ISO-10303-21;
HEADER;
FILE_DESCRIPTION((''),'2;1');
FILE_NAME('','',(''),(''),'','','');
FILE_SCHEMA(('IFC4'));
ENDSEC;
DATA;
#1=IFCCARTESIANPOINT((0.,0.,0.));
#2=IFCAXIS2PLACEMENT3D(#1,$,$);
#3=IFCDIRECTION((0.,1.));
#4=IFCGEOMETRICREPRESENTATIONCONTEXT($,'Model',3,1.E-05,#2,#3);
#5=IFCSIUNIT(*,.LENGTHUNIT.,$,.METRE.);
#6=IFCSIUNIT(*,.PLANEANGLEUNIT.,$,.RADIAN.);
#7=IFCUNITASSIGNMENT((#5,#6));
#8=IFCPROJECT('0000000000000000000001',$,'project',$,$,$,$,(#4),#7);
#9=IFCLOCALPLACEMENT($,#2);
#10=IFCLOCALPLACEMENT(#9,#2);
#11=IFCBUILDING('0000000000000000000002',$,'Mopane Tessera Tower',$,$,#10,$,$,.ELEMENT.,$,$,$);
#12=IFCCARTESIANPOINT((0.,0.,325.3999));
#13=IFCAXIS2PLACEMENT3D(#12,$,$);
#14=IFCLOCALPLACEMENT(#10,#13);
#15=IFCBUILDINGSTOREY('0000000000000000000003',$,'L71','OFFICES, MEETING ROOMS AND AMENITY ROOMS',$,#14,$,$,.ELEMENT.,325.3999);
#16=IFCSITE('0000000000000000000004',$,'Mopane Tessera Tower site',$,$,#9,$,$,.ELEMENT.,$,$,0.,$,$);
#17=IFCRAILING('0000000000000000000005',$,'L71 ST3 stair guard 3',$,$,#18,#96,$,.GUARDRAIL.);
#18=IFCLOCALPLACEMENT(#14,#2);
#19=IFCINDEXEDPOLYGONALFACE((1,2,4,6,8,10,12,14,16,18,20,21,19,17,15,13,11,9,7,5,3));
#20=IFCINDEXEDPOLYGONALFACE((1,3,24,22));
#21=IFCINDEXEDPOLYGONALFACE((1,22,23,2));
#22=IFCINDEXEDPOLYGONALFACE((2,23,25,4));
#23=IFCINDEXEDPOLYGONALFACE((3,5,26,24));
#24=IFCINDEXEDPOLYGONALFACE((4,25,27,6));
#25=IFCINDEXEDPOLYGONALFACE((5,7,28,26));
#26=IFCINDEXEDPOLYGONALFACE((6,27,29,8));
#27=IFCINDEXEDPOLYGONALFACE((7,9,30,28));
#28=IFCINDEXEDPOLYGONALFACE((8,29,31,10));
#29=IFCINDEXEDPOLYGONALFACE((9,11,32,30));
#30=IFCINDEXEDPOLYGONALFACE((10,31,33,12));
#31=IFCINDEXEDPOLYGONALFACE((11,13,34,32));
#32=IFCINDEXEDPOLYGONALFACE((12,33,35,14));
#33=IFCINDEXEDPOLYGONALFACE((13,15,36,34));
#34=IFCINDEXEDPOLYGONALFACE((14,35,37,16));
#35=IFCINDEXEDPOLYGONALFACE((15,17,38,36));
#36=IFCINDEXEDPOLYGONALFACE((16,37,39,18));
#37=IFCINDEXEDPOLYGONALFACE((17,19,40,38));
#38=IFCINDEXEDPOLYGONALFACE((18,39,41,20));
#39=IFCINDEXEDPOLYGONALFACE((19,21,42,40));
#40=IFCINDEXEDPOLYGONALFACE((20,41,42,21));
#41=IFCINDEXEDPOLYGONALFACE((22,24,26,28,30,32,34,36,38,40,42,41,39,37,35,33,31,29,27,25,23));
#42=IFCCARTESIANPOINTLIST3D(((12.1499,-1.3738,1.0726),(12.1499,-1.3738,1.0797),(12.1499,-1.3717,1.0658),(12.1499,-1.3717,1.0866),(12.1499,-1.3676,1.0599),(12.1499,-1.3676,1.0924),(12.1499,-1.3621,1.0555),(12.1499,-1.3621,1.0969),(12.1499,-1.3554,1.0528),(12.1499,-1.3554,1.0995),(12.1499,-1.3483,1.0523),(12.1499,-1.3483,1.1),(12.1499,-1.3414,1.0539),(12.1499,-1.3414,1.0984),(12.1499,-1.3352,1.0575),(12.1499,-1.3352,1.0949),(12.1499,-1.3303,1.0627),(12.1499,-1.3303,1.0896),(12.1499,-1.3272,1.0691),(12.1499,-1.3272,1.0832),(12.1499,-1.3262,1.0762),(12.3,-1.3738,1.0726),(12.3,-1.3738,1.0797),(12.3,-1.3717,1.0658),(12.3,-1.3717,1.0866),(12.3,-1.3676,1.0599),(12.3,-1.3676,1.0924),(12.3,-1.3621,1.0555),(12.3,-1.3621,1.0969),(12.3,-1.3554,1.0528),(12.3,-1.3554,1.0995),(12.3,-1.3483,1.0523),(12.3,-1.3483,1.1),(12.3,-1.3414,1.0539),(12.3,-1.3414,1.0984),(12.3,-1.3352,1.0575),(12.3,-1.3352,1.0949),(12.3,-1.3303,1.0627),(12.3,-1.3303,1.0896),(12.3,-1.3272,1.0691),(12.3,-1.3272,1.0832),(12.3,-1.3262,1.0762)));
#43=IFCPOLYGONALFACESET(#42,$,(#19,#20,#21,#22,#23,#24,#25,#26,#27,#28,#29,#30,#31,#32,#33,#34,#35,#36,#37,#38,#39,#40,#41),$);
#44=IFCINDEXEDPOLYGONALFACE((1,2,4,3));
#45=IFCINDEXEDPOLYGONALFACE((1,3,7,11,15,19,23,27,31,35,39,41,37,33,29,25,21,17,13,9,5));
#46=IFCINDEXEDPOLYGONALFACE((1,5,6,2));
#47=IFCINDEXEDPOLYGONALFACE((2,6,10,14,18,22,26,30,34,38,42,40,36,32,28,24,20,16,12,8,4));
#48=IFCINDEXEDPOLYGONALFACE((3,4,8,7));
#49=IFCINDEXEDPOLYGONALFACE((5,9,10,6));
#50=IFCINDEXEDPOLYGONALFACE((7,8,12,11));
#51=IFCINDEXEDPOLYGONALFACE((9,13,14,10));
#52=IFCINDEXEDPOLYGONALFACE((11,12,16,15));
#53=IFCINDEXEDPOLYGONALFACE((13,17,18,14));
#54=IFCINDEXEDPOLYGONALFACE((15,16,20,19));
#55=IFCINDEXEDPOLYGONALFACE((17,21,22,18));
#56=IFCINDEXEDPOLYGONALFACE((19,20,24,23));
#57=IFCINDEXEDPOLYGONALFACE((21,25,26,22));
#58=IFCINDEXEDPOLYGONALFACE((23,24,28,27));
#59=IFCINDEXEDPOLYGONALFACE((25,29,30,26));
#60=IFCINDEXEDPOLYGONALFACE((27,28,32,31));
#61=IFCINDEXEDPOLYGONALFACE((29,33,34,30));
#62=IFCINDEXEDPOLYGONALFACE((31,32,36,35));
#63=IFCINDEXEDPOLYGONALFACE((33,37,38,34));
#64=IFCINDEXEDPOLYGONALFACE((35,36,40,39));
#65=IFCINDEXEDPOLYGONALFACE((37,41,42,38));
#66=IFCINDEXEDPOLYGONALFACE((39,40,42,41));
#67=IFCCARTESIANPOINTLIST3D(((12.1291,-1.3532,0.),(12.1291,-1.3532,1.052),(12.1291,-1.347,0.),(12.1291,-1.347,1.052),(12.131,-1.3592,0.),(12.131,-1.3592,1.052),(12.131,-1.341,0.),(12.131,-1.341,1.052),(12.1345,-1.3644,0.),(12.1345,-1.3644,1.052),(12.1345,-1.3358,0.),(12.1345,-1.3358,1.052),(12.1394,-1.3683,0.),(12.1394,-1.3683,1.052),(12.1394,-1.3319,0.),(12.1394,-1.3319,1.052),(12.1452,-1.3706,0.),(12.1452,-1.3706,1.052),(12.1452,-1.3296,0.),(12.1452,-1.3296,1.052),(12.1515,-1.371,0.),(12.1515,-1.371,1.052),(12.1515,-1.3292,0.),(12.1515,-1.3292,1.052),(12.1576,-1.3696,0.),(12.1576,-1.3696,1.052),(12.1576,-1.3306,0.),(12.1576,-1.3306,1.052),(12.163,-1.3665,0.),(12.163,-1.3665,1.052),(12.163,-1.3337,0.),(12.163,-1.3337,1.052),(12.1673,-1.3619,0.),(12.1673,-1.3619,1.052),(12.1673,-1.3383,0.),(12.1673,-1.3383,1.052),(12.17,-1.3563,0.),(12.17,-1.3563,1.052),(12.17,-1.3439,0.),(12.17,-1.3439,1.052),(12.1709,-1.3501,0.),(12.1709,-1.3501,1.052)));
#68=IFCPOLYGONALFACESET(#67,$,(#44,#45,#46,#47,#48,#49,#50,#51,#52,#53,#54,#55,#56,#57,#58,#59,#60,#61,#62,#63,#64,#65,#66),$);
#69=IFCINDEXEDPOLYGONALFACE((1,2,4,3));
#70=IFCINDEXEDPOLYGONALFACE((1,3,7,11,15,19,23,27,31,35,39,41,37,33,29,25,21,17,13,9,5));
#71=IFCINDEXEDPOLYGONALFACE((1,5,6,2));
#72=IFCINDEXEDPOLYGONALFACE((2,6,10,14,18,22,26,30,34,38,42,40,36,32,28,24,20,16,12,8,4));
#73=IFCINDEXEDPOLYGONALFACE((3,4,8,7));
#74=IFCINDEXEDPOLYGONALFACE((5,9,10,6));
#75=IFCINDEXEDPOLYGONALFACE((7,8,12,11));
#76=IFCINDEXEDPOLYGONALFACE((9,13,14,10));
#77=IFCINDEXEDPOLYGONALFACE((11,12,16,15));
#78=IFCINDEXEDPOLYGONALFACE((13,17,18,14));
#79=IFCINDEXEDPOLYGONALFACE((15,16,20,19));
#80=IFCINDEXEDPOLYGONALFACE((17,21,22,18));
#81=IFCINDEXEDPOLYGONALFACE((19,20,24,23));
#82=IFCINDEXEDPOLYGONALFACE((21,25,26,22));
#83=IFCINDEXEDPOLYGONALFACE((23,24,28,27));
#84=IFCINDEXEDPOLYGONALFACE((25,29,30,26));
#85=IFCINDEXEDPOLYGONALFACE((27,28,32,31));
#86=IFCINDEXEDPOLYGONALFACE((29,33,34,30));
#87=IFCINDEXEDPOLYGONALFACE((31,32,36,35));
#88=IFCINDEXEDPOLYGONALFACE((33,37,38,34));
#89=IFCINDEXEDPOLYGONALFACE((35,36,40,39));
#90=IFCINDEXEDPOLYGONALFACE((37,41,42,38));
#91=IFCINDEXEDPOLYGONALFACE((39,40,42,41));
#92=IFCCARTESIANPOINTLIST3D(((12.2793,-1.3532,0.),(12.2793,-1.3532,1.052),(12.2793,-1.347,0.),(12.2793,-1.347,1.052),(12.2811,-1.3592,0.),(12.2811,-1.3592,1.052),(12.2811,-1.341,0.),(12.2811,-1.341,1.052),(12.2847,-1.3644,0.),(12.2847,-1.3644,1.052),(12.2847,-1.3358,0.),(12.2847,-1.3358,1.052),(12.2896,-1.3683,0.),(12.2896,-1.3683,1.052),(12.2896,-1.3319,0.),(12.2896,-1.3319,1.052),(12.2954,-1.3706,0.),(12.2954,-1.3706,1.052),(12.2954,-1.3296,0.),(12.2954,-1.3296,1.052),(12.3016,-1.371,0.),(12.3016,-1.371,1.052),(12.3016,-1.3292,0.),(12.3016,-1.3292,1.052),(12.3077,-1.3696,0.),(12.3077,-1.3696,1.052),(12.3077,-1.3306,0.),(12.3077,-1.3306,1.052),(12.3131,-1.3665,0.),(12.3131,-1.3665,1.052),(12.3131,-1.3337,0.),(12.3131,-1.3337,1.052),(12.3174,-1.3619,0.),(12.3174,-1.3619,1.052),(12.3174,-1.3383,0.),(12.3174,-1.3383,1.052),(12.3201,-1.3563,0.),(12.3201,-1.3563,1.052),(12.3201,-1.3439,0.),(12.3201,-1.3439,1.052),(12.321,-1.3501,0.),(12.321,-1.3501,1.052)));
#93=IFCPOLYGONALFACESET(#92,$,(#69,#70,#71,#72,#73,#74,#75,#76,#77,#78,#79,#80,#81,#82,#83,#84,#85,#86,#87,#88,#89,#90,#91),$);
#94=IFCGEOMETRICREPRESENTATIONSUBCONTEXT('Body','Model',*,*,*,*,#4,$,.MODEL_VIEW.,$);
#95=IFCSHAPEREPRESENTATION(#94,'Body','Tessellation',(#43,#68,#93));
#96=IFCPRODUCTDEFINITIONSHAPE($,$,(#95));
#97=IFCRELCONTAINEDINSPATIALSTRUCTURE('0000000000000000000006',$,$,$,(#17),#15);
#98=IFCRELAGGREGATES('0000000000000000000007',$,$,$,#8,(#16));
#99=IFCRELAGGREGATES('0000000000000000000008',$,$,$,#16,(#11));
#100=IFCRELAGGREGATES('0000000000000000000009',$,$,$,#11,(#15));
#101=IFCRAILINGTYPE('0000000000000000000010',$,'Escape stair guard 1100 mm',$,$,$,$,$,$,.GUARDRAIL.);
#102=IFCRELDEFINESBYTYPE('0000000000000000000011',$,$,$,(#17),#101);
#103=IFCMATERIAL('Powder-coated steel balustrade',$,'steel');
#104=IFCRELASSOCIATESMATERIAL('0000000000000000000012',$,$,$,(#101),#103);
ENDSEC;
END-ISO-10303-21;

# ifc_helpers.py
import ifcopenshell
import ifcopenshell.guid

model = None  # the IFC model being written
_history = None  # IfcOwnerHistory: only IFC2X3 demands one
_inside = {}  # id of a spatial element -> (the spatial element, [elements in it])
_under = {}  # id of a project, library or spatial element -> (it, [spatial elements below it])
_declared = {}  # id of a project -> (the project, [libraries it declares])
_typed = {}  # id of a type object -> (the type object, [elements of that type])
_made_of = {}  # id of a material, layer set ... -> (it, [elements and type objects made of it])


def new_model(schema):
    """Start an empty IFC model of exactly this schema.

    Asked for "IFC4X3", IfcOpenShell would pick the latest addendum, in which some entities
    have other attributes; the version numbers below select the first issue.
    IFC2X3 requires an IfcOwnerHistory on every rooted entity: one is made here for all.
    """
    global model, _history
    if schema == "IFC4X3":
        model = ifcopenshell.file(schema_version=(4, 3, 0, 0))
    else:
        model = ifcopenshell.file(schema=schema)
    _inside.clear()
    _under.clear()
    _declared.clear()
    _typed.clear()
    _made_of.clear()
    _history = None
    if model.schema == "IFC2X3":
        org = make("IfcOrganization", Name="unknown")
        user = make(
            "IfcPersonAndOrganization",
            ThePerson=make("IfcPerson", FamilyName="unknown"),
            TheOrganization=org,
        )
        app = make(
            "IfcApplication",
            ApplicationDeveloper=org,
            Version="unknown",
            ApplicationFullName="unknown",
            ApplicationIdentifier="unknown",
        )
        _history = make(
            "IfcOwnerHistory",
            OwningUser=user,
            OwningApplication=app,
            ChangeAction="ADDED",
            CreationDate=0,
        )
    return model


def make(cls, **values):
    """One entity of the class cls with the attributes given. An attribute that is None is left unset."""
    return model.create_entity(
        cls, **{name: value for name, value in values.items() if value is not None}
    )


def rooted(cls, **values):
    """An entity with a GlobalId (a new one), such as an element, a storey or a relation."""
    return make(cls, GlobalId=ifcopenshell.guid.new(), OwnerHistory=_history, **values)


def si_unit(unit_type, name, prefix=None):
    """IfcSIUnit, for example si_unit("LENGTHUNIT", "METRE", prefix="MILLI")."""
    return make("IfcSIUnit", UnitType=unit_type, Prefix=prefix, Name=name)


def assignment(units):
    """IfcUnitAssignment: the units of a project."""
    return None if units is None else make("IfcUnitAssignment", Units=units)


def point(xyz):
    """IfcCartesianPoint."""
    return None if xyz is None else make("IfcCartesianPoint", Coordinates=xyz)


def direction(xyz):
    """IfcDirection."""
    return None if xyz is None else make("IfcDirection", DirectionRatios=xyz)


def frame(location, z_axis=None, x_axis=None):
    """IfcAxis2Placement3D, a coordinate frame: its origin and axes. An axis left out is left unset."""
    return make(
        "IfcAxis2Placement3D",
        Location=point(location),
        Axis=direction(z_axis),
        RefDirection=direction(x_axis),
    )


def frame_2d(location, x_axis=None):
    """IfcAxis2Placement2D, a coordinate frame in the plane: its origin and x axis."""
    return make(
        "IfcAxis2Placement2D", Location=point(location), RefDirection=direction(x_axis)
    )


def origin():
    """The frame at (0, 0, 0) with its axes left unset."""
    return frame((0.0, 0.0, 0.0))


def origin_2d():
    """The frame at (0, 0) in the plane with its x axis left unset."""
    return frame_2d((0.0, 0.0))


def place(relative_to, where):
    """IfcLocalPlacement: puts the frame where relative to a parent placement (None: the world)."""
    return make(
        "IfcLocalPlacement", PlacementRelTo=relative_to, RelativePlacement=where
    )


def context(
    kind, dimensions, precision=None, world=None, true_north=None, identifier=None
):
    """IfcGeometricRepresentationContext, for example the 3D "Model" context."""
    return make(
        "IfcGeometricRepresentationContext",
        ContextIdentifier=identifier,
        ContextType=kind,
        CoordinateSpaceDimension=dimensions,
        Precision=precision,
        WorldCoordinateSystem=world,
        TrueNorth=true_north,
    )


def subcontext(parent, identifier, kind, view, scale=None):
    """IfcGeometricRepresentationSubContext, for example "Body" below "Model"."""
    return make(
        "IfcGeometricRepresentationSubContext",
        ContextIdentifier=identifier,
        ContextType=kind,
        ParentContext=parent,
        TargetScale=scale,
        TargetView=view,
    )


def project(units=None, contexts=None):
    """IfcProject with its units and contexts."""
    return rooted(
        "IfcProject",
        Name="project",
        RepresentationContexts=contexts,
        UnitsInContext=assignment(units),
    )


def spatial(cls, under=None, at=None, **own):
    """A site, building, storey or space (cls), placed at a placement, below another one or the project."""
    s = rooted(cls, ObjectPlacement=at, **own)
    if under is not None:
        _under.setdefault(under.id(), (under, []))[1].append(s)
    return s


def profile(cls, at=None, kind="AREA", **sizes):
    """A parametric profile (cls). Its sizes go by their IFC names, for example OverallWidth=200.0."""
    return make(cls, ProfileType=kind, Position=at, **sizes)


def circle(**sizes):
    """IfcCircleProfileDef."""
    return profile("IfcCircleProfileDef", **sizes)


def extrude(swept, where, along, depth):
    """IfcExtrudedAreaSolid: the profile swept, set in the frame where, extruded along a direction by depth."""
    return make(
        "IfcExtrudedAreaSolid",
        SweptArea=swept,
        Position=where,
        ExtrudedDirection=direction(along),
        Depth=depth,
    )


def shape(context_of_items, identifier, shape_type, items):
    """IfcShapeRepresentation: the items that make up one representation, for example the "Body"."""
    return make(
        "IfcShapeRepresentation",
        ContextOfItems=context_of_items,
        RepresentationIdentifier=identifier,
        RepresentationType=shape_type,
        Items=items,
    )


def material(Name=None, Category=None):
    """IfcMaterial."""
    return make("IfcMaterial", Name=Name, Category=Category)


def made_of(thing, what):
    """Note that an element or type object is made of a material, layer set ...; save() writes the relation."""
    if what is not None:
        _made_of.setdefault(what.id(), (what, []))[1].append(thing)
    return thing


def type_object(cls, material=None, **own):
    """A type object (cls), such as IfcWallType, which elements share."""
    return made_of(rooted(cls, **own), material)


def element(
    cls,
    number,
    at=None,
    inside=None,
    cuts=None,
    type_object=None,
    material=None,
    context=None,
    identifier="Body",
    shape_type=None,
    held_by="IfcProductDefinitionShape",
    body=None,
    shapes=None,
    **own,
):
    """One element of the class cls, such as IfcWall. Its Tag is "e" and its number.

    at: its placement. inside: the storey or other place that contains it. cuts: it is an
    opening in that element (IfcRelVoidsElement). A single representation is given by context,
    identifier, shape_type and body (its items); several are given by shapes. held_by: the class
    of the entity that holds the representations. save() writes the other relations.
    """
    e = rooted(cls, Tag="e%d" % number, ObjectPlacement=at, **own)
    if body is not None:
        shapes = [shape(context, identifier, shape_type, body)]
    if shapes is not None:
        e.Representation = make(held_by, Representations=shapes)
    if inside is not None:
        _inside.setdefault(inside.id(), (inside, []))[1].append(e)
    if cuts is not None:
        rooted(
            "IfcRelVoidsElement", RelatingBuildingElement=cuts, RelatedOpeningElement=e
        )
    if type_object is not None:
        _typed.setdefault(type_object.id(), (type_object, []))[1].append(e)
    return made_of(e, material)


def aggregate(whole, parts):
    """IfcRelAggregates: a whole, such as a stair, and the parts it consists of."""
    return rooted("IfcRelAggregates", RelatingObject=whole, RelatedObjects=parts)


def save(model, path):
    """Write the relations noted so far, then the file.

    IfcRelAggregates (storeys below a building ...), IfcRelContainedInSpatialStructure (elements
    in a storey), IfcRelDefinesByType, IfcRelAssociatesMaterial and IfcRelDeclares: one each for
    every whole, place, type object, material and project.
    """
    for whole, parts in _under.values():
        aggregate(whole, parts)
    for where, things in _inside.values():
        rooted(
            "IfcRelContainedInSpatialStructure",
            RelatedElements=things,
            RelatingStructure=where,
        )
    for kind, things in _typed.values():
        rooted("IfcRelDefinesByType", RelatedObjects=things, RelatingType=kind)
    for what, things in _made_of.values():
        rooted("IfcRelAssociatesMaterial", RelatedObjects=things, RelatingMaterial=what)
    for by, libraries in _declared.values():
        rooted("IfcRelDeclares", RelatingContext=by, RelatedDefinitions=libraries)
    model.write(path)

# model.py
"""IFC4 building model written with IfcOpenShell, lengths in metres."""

from ifc_helpers import new_model, si_unit, direction, frame, origin, origin_2d, place, context, subcontext, project, spatial, circle, extrude, material, type_object, element, save


model = new_model("IFC4")

# Units and contexts
model_context = context("Model", 3, precision=1e-05, world=origin(), true_north=direction((0.0, 1.0)))
body_context = subcontext(model_context, "Body", "Model", "MODEL_VIEW")
ifc_project = project(units=[si_unit("LENGTHUNIT", "METRE"), si_unit("PLANEANGLEUNIT", "RADIAN")], contexts=[model_context])

# Site, building, storey
site_placement = place(None, origin())
site = spatial("IfcSite", under=ifc_project, at=site_placement, Name="Mopane Tessera Tower site", CompositionType="ELEMENT", RefElevation=0.0)
building_placement = place(site_placement, origin())
building = spatial("IfcBuilding", under=site, at=building_placement, Name="Mopane Tessera Tower", CompositionType="ELEMENT")
storey_placement = place(building_placement, frame((0.0, 0.0, 325.3999)))
storey = spatial("IfcBuildingStorey", under=building, at=storey_placement, Name="L71", Description="OFFICES, MEETING ROOMS AND AMENITY ROOMS", CompositionType="ELEMENT", Elevation=325.3999)

# Railing
ifc_material_1 = material(Name="Powder-coated steel balustrade", Category="steel")
railing_type_1 = type_object("IfcRailingType", Name="Escape stair guard 1100 mm", PredefinedType="GUARDRAIL", material=ifc_material_1)
railing_1_placement = place(storey_placement, frame((12.1499, -1.3501, 0.0)))
element("IfcRailing", 1, at=railing_1_placement, inside=storey, type_object=railing_type_1, Name="L71 ST3 stair guard 3", PredefinedType="GUARDRAIL", context=body_context, shape_type="SweptSolid", body=[
    extrude(circle(Radius=0.0239, at=origin_2d()), frame((0.0, 0.0, 1.0762), z_axis=(1.0, 0.0, 0.0), x_axis=(0.0, 1.0, 0.0)), (0.0, 0.0, 1.0), 0.1501),
    extrude(circle(Radius=0.021, at=origin_2d()), origin(), (0.0, 0.0, 1.0), 1.052),
    extrude(circle(Radius=0.021, at=origin_2d()), frame((0.1501, 0.0, 0.0)), (0.0, 0.0, 1.0), 1.052),
])

save(model, "model.ifc")
